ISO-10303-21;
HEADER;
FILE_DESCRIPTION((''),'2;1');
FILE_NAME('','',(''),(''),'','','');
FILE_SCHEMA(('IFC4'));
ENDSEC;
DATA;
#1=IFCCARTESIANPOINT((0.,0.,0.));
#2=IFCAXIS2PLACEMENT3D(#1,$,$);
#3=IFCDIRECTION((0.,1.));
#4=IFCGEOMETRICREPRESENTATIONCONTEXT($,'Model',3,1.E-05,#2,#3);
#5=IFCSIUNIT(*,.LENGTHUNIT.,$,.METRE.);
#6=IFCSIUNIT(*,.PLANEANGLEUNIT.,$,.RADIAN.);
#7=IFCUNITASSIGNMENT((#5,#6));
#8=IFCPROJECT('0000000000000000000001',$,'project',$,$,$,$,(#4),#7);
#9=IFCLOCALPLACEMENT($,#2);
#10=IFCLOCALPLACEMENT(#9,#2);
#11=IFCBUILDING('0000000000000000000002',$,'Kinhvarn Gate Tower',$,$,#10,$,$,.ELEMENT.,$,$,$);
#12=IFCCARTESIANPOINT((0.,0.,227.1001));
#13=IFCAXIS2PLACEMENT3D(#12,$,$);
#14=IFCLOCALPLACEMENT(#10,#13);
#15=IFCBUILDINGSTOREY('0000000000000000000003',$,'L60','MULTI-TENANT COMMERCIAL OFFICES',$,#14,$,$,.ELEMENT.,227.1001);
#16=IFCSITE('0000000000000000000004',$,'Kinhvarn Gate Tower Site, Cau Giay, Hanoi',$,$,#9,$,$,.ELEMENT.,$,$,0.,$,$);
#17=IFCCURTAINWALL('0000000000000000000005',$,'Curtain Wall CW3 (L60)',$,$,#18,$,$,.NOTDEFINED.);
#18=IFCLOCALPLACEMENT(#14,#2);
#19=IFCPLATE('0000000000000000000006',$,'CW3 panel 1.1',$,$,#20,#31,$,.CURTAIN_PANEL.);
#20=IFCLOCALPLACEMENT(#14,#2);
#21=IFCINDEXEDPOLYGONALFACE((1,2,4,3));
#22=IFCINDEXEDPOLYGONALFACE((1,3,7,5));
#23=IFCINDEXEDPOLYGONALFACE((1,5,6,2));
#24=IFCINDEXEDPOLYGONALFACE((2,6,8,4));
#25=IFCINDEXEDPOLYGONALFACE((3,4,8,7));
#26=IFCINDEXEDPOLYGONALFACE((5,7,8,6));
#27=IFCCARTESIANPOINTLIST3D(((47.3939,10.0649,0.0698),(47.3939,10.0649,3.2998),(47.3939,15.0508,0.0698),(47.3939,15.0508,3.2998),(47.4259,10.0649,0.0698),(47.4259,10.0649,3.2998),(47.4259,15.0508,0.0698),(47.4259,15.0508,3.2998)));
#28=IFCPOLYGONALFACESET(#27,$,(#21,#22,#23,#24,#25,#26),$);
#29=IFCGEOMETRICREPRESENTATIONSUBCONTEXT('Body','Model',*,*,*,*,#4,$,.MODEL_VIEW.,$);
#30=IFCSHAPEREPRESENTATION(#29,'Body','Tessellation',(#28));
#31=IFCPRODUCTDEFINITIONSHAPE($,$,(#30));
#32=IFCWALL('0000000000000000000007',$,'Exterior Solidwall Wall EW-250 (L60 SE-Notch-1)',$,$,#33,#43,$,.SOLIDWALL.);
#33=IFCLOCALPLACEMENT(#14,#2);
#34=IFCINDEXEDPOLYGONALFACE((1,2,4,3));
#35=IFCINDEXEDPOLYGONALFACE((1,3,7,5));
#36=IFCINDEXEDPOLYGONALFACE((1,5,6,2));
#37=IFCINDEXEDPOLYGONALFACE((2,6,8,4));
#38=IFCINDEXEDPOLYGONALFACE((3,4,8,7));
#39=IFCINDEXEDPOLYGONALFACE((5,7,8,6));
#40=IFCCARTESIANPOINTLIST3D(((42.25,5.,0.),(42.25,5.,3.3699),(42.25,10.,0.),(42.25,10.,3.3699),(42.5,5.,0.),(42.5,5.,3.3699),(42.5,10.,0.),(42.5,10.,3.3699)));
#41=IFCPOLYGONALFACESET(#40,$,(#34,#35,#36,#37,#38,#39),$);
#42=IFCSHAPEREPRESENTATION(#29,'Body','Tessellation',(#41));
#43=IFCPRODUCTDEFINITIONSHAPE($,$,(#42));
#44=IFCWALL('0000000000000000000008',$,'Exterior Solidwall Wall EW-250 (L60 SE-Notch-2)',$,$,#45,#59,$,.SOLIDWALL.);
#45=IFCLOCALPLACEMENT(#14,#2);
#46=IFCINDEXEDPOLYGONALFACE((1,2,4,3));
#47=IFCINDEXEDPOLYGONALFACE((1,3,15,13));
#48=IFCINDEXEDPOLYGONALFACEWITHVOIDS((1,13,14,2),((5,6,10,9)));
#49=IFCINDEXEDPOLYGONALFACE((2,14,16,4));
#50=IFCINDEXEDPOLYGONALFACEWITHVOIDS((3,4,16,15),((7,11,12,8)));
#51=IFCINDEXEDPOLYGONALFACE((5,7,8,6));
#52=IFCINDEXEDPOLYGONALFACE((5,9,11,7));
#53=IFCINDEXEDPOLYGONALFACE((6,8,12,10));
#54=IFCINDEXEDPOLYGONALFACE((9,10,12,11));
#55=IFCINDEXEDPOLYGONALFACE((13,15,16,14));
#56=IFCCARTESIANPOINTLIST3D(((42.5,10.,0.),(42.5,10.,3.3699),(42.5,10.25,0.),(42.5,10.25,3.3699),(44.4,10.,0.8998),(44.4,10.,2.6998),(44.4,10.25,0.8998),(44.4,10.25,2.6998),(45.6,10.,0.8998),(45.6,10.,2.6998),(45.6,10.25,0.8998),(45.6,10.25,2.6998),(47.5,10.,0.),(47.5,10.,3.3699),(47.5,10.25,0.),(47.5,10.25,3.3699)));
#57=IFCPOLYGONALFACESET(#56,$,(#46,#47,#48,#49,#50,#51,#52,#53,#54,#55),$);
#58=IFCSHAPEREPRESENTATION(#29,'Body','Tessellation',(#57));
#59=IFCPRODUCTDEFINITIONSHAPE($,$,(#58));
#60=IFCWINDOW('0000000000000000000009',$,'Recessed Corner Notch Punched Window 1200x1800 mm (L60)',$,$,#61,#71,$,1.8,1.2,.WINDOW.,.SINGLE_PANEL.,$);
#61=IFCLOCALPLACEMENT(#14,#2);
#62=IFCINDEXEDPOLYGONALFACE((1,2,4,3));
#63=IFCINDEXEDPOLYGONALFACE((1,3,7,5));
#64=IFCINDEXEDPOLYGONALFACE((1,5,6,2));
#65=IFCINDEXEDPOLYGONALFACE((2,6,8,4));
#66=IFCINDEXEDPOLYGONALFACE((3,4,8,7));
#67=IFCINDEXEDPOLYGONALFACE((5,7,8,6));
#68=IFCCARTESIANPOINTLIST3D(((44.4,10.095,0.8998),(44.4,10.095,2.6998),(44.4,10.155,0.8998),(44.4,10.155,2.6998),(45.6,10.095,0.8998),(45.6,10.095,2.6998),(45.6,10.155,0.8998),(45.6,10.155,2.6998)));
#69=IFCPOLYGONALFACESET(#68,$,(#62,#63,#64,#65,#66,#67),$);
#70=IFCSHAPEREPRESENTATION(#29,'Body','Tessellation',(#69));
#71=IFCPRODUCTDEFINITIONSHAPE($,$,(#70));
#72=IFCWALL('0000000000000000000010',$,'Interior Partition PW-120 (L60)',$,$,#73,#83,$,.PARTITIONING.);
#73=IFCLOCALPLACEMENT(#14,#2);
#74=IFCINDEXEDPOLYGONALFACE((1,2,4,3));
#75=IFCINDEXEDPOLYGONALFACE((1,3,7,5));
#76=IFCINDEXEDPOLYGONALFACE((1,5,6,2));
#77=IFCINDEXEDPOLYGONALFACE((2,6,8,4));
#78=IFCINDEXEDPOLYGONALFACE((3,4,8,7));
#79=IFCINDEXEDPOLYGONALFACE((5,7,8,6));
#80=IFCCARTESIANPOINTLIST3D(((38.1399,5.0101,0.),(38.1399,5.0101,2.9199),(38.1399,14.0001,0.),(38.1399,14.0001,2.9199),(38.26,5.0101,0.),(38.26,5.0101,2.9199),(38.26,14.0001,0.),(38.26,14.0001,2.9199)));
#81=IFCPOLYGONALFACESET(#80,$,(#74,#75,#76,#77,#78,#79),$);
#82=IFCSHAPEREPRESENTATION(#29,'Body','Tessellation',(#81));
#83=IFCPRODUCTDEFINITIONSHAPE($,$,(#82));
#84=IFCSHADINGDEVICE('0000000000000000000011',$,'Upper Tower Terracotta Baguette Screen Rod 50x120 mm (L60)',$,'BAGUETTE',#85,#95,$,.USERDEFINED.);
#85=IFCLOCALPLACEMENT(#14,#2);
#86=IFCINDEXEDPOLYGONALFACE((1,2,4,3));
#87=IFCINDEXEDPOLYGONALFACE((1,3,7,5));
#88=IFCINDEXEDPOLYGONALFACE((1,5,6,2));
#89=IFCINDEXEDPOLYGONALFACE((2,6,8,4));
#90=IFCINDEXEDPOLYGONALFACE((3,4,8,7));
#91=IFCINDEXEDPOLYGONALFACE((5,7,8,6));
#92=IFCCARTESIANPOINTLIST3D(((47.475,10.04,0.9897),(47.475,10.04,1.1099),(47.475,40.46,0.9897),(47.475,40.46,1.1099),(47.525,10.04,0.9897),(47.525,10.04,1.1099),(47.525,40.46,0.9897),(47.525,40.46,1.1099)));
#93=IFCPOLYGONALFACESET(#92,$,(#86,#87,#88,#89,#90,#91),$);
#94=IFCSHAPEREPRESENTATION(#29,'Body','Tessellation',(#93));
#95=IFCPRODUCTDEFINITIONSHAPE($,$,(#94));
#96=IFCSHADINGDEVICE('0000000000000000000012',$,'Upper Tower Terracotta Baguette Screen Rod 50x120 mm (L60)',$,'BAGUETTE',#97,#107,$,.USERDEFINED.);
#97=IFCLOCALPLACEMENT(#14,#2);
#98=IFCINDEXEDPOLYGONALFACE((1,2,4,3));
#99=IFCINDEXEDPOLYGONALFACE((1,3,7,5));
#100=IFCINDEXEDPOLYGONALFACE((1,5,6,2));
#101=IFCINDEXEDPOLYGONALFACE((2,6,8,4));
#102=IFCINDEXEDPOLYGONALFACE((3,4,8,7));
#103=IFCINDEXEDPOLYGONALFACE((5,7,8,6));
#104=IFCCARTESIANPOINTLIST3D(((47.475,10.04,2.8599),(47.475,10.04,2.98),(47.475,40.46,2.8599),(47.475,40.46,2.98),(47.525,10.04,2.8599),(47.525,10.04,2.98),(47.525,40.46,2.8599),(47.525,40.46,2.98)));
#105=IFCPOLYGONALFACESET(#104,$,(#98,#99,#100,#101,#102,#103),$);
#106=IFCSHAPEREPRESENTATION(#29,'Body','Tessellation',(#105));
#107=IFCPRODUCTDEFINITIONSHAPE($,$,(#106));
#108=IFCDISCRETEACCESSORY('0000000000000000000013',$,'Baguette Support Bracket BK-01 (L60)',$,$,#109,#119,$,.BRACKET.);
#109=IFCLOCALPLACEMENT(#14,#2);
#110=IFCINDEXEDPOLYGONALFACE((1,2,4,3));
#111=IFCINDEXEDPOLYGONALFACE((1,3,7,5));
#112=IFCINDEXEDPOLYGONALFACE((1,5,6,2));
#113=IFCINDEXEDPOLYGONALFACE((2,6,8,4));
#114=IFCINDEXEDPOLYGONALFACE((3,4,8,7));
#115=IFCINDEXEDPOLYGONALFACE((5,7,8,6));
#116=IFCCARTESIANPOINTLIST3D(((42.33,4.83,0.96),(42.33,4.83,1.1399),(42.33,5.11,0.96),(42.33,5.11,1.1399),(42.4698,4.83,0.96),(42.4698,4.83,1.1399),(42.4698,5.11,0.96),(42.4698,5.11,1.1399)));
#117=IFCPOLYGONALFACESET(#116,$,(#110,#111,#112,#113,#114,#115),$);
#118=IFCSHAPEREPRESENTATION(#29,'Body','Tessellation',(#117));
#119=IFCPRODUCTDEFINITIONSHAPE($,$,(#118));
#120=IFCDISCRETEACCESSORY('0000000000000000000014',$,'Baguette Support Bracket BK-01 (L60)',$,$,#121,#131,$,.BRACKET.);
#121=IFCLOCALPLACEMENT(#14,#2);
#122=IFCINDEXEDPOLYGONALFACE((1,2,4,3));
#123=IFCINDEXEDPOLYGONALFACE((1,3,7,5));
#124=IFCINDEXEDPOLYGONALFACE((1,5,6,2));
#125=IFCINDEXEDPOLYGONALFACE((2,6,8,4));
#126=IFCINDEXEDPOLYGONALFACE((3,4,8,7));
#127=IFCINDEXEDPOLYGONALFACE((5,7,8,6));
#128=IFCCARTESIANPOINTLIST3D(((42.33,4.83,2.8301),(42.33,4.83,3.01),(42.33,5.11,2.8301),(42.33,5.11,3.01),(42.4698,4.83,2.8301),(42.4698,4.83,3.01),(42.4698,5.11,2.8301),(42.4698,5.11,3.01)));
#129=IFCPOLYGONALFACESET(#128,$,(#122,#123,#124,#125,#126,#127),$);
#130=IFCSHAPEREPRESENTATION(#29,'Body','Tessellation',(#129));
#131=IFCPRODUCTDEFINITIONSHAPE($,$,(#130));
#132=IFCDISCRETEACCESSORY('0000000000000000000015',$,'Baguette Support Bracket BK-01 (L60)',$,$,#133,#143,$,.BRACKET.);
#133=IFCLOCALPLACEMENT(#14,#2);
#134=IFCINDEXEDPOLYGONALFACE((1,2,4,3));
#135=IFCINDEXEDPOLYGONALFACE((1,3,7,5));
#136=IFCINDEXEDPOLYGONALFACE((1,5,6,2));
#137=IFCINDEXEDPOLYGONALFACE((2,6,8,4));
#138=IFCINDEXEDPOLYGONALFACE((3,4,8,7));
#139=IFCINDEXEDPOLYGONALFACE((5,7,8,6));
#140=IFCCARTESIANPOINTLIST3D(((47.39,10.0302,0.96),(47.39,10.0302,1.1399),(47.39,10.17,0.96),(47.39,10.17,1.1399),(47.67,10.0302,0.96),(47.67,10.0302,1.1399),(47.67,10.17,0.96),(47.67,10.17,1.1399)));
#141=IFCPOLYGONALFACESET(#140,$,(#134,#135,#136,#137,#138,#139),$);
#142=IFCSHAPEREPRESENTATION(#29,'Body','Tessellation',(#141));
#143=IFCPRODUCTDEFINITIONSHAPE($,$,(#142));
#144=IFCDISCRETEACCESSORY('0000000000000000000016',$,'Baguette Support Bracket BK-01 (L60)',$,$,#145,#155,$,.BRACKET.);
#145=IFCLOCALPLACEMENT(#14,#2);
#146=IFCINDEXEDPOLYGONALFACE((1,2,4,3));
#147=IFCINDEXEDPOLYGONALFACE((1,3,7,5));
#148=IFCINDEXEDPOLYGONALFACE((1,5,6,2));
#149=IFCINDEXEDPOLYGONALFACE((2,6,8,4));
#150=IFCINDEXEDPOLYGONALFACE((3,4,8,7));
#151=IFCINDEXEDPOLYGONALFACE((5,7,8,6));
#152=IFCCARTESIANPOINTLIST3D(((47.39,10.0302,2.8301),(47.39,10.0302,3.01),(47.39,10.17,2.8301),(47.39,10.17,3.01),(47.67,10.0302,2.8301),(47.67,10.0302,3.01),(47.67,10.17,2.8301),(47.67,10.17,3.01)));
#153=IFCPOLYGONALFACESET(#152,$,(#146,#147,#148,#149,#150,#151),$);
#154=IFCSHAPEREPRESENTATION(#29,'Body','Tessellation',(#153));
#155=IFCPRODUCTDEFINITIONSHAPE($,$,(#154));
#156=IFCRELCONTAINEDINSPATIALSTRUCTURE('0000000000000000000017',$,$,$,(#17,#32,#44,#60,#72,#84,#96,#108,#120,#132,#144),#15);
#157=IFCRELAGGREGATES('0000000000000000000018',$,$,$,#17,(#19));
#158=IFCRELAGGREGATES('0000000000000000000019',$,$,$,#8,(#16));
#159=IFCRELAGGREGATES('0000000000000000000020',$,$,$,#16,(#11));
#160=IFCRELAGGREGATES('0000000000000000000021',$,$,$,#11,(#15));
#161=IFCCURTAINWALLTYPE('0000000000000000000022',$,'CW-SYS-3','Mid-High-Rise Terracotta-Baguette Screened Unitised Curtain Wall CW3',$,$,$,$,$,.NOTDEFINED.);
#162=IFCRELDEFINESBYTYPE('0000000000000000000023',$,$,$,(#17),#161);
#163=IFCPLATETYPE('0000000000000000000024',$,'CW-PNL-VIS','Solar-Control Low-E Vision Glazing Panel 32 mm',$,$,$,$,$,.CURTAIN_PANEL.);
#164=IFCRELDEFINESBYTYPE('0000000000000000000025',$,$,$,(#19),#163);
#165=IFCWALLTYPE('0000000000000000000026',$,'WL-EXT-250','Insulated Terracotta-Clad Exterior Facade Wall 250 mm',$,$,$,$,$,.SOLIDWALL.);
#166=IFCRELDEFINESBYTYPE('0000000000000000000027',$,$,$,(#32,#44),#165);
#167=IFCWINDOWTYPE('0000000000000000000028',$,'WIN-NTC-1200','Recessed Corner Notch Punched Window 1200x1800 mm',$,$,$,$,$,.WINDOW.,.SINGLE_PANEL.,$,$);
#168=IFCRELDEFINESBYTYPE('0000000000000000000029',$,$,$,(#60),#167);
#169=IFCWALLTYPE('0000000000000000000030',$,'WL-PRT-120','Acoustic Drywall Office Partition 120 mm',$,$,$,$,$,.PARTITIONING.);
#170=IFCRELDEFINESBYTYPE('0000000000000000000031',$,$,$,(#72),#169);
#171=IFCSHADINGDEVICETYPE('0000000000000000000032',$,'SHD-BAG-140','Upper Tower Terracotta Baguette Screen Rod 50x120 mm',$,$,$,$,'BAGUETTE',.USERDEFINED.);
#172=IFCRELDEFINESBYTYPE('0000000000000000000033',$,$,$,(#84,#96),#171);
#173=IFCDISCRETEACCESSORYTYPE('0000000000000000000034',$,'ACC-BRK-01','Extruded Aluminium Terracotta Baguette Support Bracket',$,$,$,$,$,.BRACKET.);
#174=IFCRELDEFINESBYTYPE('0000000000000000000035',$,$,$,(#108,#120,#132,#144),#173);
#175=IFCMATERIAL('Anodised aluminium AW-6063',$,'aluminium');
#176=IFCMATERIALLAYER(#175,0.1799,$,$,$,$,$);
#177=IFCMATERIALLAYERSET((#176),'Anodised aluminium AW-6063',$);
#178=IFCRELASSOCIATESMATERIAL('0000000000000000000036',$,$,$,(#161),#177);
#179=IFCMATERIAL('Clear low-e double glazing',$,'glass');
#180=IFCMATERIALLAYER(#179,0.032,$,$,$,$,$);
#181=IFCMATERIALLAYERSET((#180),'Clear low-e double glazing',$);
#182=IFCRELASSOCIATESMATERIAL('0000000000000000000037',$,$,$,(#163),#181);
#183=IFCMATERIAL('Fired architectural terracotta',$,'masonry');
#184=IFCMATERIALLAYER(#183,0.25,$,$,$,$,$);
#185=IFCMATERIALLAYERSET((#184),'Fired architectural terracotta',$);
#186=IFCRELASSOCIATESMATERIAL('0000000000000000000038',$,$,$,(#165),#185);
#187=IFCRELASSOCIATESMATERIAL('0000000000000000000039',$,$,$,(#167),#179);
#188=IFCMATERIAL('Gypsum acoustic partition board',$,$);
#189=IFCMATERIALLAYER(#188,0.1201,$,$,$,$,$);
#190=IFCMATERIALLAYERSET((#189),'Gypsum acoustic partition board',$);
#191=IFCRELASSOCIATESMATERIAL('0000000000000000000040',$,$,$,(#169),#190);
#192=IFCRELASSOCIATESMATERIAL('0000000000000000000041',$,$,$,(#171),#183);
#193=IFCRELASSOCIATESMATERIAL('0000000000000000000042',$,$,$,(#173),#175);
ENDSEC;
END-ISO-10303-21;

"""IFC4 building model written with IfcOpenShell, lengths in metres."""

from ifc_helpers import new_model, si_unit, direction, frame, frame_2d, origin, origin_2d, place, context, subcontext, project, spatial, rectangle, extrude, material, layer, layer_set, material_profile, profile_set, type_object, element, fill, aggregate, save


model = new_model("IFC4")

# Units and contexts
model_context = context("Model", 3, precision=1e-05, world=origin(), true_north=direction((0.0, 1.0)))
body_context = subcontext(model_context, "Body", "Model", "MODEL_VIEW")
ifc_project = project(units=[si_unit("LENGTHUNIT", "METRE"), si_unit("PLANEANGLEUNIT", "RADIAN")], contexts=[model_context])

# Site, building, storey
site_placement = place(None, origin())
site = spatial("IfcSite", under=ifc_project, at=site_placement, Name="Kinhvarn Gate Tower Site, Cau Giay, Hanoi", CompositionType="ELEMENT", RefElevation=0.0)
building_placement = place(site_placement, origin())
building = spatial("IfcBuilding", under=site, at=building_placement, Name="Kinhvarn Gate Tower", CompositionType="ELEMENT")
storey_placement = place(building_placement, frame((0.0, 0.0, 227.1001)))
storey = spatial("IfcBuildingStorey", under=building, at=storey_placement, Name="L60", Description="MULTI-TENANT COMMERCIAL OFFICES", CompositionType="ELEMENT", Elevation=227.1001)

# Shared definitions
ifc_material_1 = material(Name="Anodised aluminium AW-6063", Category="aluminium")
ifc_layer_1 = layer(ifc_material_1, 0.1799)
ifc_layer_set_1 = layer_set([ifc_layer_1], Name="Anodised aluminium AW-6063")
curtain_wall_type = type_object("IfcCurtainWallType", Name="CW-SYS-3", Description="Mid-High-Rise Terracotta-Baguette Screened Unitised Curtain Wall CW3", PredefinedType="NOTDEFINED", material=ifc_layer_set_1)

# Curtain wall
curtain_wall_1_placement = place(storey_placement, origin())
curtain_wall_1 = element("IfcCurtainWall", 1, at=curtain_wall_1_placement, inside=storey, type_object=curtain_wall_type, Name="Curtain Wall CW3 (L60)", PredefinedType="NOTDEFINED")

# Plate
ifc_material_2 = material(Name="Clear low-e double glazing", Category="glass")
ifc_layer_2 = layer(ifc_material_2, 0.032)
ifc_layer_set_2 = layer_set([ifc_layer_2], Name="Clear low-e double glazing")
plate_type = type_object("IfcPlateType", Name="CW-PNL-VIS", Description="Solar-Control Low-E Vision Glazing Panel 32 mm", PredefinedType="CURTAIN_PANEL", material=ifc_layer_set_2)
plate_1_placement = place(storey_placement, frame((47.4099, 12.5579, 0.0698), z_axis=(0.0, 0.0, 1.0), x_axis=(0.0, 1.0, 0.0)))
plate_1 = element("IfcPlate", 2, at=plate_1_placement, type_object=plate_type, Name="CW3 panel 1.1", PredefinedType="CURTAIN_PANEL", context=body_context, shape_type="SweptSolid", body=[
    extrude(rectangle(XDim=4.9858, YDim=0.032, at=origin_2d()), origin(), (0.0, 0.0, 1.0), 3.23),
])
aggregate(curtain_wall_1, [plate_1])

# Wall
ifc_material_3 = material(Name="Fired architectural terracotta", Category="masonry")
ifc_layer_3 = layer(ifc_material_3, 0.25)
ifc_layer_set_3 = layer_set([ifc_layer_3], Name="Fired architectural terracotta")
wall_type_1 = type_object("IfcWallType", Name="WL-EXT-250", Description="Insulated Terracotta-Clad Exterior Facade Wall 250 mm", PredefinedType="SOLIDWALL", material=ifc_layer_set_3)
wall_1_placement = place(storey_placement, frame((42.375, 5.0, 0.0), z_axis=(0.0, 0.0, 1.0), x_axis=(0.0, 1.0, 0.0)))
element("IfcWall", 3, at=wall_1_placement, inside=storey, type_object=wall_type_1, Name="Exterior Solidwall Wall EW-250 (L60 SE-Notch-1)", PredefinedType="SOLIDWALL", context=body_context, shape_type="SweptSolid", body=[
    extrude(rectangle(XDim=5.0, YDim=0.25, at=frame_2d((2.5, 0.0))), origin(), (0.0, 0.0, 1.0), 3.3699),
])

# Wall, opening, window
wall_2_placement = place(storey_placement, frame((42.5, 10.125, 0.0), z_axis=(0.0, 0.0, 1.0), x_axis=(1.0, 0.0, 0.0)))
wall_2 = element("IfcWall", 4, at=wall_2_placement, inside=storey, type_object=wall_type_1, Name="Exterior Solidwall Wall EW-250 (L60 SE-Notch-2)", PredefinedType="SOLIDWALL", context=body_context, shape_type="SweptSolid", body=[
    extrude(rectangle(XDim=5.0, YDim=0.25, at=frame_2d((2.5, 0.0))), origin(), (0.0, 0.0, 1.0), 3.3699),
])
opening_placement = place(wall_2_placement, frame((1.8999, 0.0, 0.8999)))
opening = element("IfcOpeningElement", 5, at=opening_placement, cuts=wall_2, PredefinedType="OPENING", context=body_context, shape_type="SweptSolid", body=[
    extrude(rectangle(XDim=1.2, YDim=1.8, at=frame_2d((0.6001, 0.8999))), frame((0.0, 0.135, 0.0), z_axis=(0.0, -1.0, 0.0), x_axis=(1.0, 0.0, 0.0)), (0.0, 0.0, 1.0), 0.27),
])
window_type = type_object("IfcWindowType", Name="WIN-NTC-1200", Description="Recessed Corner Notch Punched Window 1200x1800 mm", PartitioningType="SINGLE_PANEL", PredefinedType="WINDOW", material=ifc_material_2)
window_placement = place(opening_placement, origin())
window = element("IfcWindow", 6, at=window_placement, inside=storey, type_object=window_type, Name="Recessed Corner Notch Punched Window 1200x1800 mm (L60)", OverallHeight=1.8, OverallWidth=1.2, PartitioningType="SINGLE_PANEL", PredefinedType="WINDOW", context=body_context, shape_type="SweptSolid", body=[
    extrude(rectangle(XDim=1.2, YDim=1.8, at=frame_2d((0.6001, 0.8999))), frame((0.0, 0.03, 0.0), z_axis=(0.0, -1.0, 0.0), x_axis=(1.0, 0.0, 0.0)), (0.0, 0.0, 1.0), 0.0601),
])
fill(opening, window)

# Wall
ifc_material_4 = material(Name="Gypsum acoustic partition board")
ifc_layer_4 = layer(ifc_material_4, 0.1201)
ifc_layer_set_4 = layer_set([ifc_layer_4], Name="Gypsum acoustic partition board")
wall_type_2 = type_object("IfcWallType", Name="WL-PRT-120", Description="Acoustic Drywall Office Partition 120 mm", PredefinedType="PARTITIONING", material=ifc_layer_set_4)
wall_3_placement = place(storey_placement, frame((38.2, 5.01, 0.0), z_axis=(0.0, 0.0, 1.0), x_axis=(0.0, 1.0, 0.0)))
element("IfcWall", 7, at=wall_3_placement, inside=storey, type_object=wall_type_2, Name="Interior Partition PW-120 (L60)", PredefinedType="PARTITIONING", context=body_context, shape_type="SweptSolid", body=[
    extrude(rectangle(XDim=8.99, YDim=0.1201, at=frame_2d((4.4951, 0.0))), origin(), (0.0, 0.0, 1.0), 2.9199),
])

# Shading devices
ifc_material_profile_1 = material_profile(ifc_material_3, rectangle(XDim=0.05, YDim=0.1201, at=origin_2d()), Name="TC 50x120")
ifc_profile_set_1 = profile_set([ifc_material_profile_1], Name="Fired architectural terracotta")
shading_device_type = type_object("IfcShadingDeviceType", Name="SHD-BAG-140", Description="Upper Tower Terracotta Baguette Screen Rod 50x120 mm", ElementType="BAGUETTE", PredefinedType="USERDEFINED", material=ifc_profile_set_1)
for number, where, z_axis, x_axis, name in (
    (8, (47.5, 10.04, 1.0498), (0.0, 1.0, 0.0), (-1.0, 0.0, 0.0), "Upper Tower Terracotta Baguette Screen Rod 50x120 mm (L60)"),
    (9, (47.5, 10.04, 2.9199), (0.0, 1.0, 0.0), (-1.0, 0.0, 0.0), "Upper Tower Terracotta Baguette Screen Rod 50x120 mm (L60)"),
):
    element("IfcShadingDevice", number, at=place(storey_placement, frame(where, z_axis=z_axis, x_axis=x_axis)), inside=storey, type_object=shading_device_type, Name=name, ObjectType="BAGUETTE", PredefinedType="USERDEFINED", context=body_context, shape_type="SweptSolid", body=[
        extrude(rectangle(XDim=0.05, YDim=0.1201, at=origin_2d()), origin(), (0.0, 0.0, 1.0), 30.4199),
    ])

# Discrete accessories
discrete_accessory_type = type_object("IfcDiscreteAccessoryType", Name="ACC-BRK-01", Description="Extruded Aluminium Terracotta Baguette Support Bracket", PredefinedType="BRACKET", material=ifc_material_1)
for number, where, z_axis, x_axis, name in (
    (10, (42.3999, 4.97, 0.96), (0.0, 0.0, 1.0), (1.0, 0.0, 0.0), "Baguette Support Bracket BK-01 (L60)"),
    (11, (42.3999, 4.97, 2.8301), (0.0, 0.0, 1.0), (1.0, 0.0, 0.0), "Baguette Support Bracket BK-01 (L60)"),
    (12, (47.53, 10.1001, 0.96), (0.0, 0.0, 1.0), (0.0, 1.0, 0.0), "Baguette Support Bracket BK-01 (L60)"),
    (13, (47.53, 10.1001, 2.8301), (0.0, 0.0, 1.0), (0.0, 1.0, 0.0), "Baguette Support Bracket BK-01 (L60)"),
):
    element("IfcDiscreteAccessory", number, at=place(storey_placement, frame(where, z_axis=z_axis, x_axis=x_axis)), inside=storey, type_object=discrete_accessory_type, Name=name, PredefinedType="BRACKET", context=body_context, shape_type="SweptSolid", body=[
        extrude(rectangle(XDim=0.1399, YDim=0.28, at=origin_2d()), origin(), (0.0, 0.0, 1.0), 0.1799),
    ])

save(model, "model.ifc")
